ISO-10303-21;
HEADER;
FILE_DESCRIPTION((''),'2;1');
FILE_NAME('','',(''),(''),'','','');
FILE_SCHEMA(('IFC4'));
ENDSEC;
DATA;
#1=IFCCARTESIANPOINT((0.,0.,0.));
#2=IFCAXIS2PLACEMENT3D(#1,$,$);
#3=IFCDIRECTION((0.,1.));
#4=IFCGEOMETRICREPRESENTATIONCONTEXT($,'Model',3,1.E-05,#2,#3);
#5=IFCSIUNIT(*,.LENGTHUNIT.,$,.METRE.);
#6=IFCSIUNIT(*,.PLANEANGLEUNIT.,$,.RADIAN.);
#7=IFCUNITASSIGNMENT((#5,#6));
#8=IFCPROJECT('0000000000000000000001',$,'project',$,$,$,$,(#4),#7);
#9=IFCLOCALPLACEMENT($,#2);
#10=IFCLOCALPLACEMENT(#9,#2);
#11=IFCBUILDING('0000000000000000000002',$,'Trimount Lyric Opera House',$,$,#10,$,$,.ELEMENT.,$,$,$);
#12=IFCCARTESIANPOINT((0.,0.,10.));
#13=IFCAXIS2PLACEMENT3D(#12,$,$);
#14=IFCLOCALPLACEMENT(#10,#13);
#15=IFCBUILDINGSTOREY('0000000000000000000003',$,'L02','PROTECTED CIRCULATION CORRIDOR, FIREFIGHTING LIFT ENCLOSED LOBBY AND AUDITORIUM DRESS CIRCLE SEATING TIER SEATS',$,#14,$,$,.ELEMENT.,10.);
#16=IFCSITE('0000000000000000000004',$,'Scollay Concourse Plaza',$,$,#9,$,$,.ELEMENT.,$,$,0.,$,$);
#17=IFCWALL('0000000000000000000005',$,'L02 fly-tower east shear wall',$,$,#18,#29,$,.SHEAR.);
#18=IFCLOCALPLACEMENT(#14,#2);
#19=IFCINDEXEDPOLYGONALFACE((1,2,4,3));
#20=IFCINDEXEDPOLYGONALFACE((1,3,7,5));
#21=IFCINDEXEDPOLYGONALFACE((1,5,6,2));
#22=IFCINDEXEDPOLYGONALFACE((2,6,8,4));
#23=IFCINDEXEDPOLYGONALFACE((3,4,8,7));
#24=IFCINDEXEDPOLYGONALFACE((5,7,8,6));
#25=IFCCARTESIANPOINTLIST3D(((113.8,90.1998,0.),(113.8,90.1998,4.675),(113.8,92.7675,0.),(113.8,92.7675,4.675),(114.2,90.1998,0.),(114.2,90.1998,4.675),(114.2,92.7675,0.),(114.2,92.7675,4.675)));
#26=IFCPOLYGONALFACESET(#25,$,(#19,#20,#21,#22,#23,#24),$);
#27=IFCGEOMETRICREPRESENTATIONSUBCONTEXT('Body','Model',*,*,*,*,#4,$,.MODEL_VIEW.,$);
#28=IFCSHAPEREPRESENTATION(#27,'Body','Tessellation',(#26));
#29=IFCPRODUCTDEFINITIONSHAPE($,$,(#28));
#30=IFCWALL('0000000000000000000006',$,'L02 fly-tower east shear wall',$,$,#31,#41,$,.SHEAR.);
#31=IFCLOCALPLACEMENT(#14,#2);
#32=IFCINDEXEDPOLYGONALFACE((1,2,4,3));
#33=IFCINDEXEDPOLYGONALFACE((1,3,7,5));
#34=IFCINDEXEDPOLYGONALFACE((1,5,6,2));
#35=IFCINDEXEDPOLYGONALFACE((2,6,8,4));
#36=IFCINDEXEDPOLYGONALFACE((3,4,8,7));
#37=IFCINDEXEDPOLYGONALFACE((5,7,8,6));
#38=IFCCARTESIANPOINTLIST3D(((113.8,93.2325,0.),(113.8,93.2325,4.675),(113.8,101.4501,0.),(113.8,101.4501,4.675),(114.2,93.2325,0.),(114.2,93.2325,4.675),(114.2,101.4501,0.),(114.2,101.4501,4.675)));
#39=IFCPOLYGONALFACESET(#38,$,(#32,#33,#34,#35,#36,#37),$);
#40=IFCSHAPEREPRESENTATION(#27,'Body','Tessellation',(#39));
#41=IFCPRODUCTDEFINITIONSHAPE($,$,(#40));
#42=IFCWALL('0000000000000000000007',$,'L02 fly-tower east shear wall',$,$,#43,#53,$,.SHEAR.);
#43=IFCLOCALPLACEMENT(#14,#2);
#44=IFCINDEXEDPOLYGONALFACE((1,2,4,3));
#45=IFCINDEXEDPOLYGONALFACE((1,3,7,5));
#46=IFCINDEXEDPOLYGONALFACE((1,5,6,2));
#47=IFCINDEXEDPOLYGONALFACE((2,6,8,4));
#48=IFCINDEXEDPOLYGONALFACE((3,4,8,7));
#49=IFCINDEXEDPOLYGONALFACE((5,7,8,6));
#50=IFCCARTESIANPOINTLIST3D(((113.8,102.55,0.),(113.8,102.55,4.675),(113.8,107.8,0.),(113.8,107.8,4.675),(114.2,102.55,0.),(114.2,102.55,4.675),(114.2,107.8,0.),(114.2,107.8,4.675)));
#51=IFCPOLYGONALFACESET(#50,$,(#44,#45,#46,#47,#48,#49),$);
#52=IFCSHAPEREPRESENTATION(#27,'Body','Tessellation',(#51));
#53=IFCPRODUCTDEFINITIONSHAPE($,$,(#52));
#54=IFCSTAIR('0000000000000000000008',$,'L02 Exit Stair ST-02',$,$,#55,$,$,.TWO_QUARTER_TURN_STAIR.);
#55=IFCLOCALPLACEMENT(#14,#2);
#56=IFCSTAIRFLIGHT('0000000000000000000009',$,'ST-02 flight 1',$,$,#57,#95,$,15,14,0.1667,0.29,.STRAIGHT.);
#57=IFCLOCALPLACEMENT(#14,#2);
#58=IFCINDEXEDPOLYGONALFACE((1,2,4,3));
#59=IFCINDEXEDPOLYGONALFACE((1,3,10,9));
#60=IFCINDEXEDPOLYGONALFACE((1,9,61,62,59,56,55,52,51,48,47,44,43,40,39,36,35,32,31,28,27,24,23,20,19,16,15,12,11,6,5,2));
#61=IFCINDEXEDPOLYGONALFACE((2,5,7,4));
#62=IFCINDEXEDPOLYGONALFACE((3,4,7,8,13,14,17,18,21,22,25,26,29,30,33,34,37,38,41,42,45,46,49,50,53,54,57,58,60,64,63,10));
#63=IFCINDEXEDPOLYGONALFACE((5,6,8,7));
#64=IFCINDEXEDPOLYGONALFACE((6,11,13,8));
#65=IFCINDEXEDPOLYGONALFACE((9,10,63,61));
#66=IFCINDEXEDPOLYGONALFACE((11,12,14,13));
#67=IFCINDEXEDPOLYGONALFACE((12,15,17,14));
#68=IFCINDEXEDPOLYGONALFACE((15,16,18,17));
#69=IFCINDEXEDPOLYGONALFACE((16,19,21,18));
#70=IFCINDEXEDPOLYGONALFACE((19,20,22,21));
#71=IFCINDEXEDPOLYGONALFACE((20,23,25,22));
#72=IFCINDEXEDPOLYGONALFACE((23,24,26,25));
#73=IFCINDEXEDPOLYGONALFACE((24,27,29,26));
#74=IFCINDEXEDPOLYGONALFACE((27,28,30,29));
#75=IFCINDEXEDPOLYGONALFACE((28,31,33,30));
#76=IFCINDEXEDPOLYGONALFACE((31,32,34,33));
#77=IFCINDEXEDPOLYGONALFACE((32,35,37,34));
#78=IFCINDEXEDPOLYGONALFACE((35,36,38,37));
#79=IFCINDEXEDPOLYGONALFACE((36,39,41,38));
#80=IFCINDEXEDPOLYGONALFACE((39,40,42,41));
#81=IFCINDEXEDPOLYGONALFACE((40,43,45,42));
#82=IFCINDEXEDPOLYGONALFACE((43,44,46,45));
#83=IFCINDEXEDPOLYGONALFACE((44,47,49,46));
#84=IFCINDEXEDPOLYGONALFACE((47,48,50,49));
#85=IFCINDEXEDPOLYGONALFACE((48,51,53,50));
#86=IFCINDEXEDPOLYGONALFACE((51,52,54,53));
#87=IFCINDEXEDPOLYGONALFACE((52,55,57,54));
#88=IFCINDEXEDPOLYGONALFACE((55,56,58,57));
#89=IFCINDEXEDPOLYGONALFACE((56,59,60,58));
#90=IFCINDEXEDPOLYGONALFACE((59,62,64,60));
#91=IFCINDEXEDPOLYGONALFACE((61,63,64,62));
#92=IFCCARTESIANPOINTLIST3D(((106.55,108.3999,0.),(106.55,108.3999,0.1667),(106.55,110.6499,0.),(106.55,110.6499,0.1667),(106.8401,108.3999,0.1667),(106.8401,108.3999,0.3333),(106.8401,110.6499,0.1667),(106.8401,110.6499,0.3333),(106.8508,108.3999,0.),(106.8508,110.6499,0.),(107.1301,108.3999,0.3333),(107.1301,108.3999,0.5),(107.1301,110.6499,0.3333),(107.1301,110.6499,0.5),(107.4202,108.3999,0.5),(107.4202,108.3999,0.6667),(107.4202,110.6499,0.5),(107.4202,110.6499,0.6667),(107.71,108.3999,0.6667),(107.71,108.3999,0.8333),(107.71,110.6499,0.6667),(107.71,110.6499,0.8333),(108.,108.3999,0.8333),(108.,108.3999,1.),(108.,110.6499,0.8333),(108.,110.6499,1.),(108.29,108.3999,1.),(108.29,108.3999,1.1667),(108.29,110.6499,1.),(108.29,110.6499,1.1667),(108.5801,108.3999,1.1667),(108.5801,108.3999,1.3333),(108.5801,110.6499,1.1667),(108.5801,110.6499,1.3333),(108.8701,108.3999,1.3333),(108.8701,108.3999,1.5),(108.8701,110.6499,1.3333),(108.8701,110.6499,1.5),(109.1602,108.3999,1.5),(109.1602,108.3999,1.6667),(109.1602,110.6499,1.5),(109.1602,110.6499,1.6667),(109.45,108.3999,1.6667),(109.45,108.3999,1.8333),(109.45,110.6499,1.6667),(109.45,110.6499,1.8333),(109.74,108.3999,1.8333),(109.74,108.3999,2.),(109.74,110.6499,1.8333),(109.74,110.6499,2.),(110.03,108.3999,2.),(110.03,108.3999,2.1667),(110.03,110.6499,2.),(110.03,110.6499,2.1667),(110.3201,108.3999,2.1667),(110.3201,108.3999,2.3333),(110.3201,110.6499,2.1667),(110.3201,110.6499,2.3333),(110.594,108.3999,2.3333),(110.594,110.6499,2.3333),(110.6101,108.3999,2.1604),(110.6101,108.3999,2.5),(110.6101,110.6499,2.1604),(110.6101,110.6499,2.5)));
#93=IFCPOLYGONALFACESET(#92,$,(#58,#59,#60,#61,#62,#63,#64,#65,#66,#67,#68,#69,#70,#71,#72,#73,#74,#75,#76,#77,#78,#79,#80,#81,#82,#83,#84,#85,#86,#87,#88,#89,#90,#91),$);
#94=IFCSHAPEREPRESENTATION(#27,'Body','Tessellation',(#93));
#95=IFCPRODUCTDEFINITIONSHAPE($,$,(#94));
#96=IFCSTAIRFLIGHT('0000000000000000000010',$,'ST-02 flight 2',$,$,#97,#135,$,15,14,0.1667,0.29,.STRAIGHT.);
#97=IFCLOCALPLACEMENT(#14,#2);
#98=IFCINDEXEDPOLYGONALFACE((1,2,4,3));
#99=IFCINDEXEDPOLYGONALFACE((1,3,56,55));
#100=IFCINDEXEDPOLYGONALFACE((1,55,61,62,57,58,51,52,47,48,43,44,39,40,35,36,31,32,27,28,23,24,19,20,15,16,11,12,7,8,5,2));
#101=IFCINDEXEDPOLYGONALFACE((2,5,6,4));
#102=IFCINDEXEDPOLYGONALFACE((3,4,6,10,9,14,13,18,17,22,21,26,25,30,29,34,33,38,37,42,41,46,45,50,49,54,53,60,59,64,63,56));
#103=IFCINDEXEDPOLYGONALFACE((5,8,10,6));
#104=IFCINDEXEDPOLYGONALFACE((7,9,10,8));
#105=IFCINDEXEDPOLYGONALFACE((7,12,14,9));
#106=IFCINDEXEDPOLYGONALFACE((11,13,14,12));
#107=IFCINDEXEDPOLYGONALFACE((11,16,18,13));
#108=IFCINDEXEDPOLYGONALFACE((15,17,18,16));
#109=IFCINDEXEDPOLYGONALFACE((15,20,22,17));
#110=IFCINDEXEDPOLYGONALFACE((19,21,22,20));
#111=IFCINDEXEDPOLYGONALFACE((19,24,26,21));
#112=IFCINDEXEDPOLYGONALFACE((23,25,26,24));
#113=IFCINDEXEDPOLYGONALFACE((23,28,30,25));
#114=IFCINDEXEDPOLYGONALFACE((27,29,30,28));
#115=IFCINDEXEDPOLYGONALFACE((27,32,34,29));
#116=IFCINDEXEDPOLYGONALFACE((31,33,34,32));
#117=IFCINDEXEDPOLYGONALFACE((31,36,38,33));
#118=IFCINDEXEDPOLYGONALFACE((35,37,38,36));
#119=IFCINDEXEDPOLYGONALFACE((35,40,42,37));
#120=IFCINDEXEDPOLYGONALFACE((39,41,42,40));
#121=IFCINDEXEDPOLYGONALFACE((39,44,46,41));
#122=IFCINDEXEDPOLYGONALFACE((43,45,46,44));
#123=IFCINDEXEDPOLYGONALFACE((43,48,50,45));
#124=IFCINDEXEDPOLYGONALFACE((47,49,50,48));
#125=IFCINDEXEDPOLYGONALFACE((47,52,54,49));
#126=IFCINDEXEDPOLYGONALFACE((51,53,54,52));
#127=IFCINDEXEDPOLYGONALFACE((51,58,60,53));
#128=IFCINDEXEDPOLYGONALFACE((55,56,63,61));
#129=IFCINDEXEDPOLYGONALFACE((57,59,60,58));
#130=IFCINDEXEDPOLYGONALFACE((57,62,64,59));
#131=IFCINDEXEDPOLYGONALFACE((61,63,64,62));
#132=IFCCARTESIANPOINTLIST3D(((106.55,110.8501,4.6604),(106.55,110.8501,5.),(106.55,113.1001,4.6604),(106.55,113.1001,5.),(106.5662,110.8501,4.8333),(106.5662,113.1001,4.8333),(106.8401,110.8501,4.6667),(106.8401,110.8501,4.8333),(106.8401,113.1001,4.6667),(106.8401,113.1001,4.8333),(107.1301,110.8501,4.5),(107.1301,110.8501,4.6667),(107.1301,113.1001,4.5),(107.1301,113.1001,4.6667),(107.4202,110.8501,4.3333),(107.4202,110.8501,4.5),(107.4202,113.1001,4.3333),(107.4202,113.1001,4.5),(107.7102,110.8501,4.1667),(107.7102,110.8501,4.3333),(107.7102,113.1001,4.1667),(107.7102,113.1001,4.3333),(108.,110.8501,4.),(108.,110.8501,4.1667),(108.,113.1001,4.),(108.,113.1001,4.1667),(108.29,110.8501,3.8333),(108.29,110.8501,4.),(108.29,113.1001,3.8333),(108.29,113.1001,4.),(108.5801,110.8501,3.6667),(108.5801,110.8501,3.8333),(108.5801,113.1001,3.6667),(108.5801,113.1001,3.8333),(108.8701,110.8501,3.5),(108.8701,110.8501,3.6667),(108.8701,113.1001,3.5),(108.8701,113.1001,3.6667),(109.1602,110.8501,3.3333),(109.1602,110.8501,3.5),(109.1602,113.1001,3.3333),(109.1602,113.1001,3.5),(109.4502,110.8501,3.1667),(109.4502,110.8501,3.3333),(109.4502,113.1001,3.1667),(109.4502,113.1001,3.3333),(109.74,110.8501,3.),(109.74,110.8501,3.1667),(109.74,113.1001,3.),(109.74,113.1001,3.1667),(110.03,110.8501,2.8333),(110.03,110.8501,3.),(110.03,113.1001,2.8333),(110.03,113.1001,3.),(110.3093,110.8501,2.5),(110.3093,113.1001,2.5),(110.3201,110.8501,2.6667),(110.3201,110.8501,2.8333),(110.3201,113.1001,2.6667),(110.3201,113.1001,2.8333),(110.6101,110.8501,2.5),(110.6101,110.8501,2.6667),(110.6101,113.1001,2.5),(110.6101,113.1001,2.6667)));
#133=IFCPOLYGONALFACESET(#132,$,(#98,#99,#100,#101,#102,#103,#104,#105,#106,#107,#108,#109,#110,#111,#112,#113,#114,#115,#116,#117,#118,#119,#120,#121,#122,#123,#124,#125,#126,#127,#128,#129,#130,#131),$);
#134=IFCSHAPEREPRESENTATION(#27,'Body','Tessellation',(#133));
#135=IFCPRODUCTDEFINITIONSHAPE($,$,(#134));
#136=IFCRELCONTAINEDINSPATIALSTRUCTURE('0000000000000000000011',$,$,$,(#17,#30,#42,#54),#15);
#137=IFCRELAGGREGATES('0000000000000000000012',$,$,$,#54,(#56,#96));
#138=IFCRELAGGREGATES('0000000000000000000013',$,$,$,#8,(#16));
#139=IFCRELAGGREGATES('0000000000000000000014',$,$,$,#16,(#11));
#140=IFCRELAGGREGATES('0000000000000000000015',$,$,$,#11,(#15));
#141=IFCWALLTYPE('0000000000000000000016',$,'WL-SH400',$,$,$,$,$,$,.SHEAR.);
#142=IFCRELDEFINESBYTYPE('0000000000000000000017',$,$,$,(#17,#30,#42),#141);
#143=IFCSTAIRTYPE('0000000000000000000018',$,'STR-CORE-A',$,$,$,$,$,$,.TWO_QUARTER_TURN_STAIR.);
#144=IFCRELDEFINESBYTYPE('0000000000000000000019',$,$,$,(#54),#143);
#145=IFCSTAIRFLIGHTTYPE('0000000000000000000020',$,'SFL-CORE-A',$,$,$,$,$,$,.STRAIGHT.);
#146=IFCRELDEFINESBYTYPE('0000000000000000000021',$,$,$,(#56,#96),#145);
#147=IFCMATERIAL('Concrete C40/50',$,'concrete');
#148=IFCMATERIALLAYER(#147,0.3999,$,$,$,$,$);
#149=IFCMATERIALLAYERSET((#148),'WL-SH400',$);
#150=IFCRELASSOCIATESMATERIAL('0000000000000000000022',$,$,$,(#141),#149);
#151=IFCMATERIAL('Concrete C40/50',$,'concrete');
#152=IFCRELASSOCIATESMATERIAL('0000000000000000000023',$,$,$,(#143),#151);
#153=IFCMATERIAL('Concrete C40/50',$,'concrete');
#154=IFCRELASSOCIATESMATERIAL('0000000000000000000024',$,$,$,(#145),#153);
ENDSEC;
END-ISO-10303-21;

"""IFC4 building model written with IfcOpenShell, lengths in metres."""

from ifc_helpers import new_model, si_unit, direction, frame, frame_2d, origin, place, context, subcontext, project, spatial, polyline, rectangle, outline, extrude, material, layer, layer_set, type_object, element, aggregate, save


model = new_model("IFC4")

# Units and contexts
model_context = context("Model", 3, precision=1e-05, world=origin(), true_north=direction((0.0, 1.0)))
body_context = subcontext(model_context, "Body", "Model", "MODEL_VIEW")
ifc_project = project(units=[si_unit("LENGTHUNIT", "METRE"), si_unit("PLANEANGLEUNIT", "RADIAN")], contexts=[model_context])

# Site, building, storey
site_placement = place(None, origin())
site = spatial("IfcSite", under=ifc_project, at=site_placement, Name="Scollay Concourse Plaza", CompositionType="ELEMENT", RefElevation=0.0)
building_placement = place(site_placement, origin())
building = spatial("IfcBuilding", under=site, at=building_placement, Name="Trimount Lyric Opera House", CompositionType="ELEMENT")
storey_placement = place(building_placement, frame((0.0, 0.0, 10.0)))
storey = spatial("IfcBuildingStorey", under=building, at=storey_placement, Name="L02", Description="PROTECTED CIRCULATION CORRIDOR, FIREFIGHTING LIFT ENCLOSED LOBBY AND AUDITORIUM DRESS CIRCLE SEATING TIER SEATS", CompositionType="ELEMENT", Elevation=10.0)

# Walls
ifc_material_1 = material(Name="Concrete C40/50", Category="concrete")
ifc_layer_1 = layer(ifc_material_1, 0.3999)
ifc_layer_set_1 = layer_set([ifc_layer_1], Name="WL-SH400")
wall_type_1 = type_object("IfcWallType", Name="WL-SH400", PredefinedType="SHEAR", material=ifc_layer_set_1)
wall_1_placement = place(storey_placement, frame((114.0, 90.2, 0.0), z_axis=(0.0, 0.0, 1.0), x_axis=(0.0, 1.0, 0.0)))
element("IfcWall", 1, at=wall_1_placement, inside=storey, type_object=wall_type_1, Name="L02 fly-tower east shear wall", PredefinedType="SHEAR", context=body_context, shape_type="SweptSolid", body=[
    extrude(rectangle(XDim=2.5676, YDim=0.3999, at=frame_2d((1.2837, 0.0))), origin(), (0.0, 0.0, 1.0), 4.675),
])
wall_2_placement = place(storey_placement, frame((114.0, 93.2324, 0.0), z_axis=(0.0, 0.0, 1.0), x_axis=(0.0, 1.0, 0.0)))
element("IfcWall", 2, at=wall_2_placement, inside=storey, type_object=wall_type_1, Name="L02 fly-tower east shear wall", PredefinedType="SHEAR", context=body_context, shape_type="SweptSolid", body=[
    extrude(rectangle(XDim=8.2175, YDim=0.3999, at=frame_2d((4.1089, 0.0))), origin(), (0.0, 0.0, 1.0), 4.675),
])
wall_3_placement = place(storey_placement, frame((114.0, 102.55, 0.0), z_axis=(0.0, 0.0, 1.0), x_axis=(0.0, 1.0, 0.0)))
element("IfcWall", 3, at=wall_3_placement, inside=storey, type_object=wall_type_1, Name="L02 fly-tower east shear wall", PredefinedType="SHEAR", context=body_context, shape_type="SweptSolid", body=[
    extrude(rectangle(XDim=5.25, YDim=0.3999, at=frame_2d((2.625, 0.0))), origin(), (0.0, 0.0, 1.0), 4.675),
])

# Stair, stair flights
ifc_material_2 = material(Name="Concrete C40/50", Category="concrete")
stair_type = type_object("IfcStairType", Name="STR-CORE-A", PredefinedType="TWO_QUARTER_TURN_STAIR", material=ifc_material_2)
stair_placement = place(storey_placement, origin())
stair = element("IfcStair", 4, at=stair_placement, inside=storey, type_object=stair_type, Name="L02 Exit Stair ST-02", PredefinedType="TWO_QUARTER_TURN_STAIR")
ifc_material_3 = material(Name="Concrete C40/50", Category="concrete")
stair_flight_type = type_object("IfcStairFlightType", Name="SFL-CORE-A", PredefinedType="STRAIGHT", material=ifc_material_3)
stair_flight_1_placement = place(storey_placement, frame((106.55, 109.5249, 0.0), z_axis=(0.0, 0.0, 1.0), x_axis=(1.0, 0.0, 0.0)))
stair_flight_1 = element("IfcStairFlight", 5, at=stair_flight_1_placement, type_object=stair_flight_type, Name="ST-02 flight 1", NumberOfRisers=15, NumberOfTreads=14, PredefinedType="STRAIGHT", RiserHeight=0.1667, TreadLength=0.29, context=body_context, shape_type="SweptSolid", body=[
    extrude(outline(polyline([(0.0, 0.0), (0.0, 0.1667), (0.29, 0.1667), (0.29, 0.3333), (0.5801, 0.3333), (0.5801, 0.5), (0.8701, 0.5), (0.8701, 0.6667), (1.1599, 0.6667), (1.1599, 0.8333), (1.45, 0.8333), (1.45, 1.0), (1.74, 1.0), (1.74, 1.1667), (2.03, 1.1667), (2.03, 1.3333), (2.3201, 1.3333), (2.3201, 1.5), (2.6101, 1.5), (2.6101, 1.6667), (2.8999, 1.6667), (2.8999, 1.8333), (3.1899, 1.8333), (3.1899, 2.0), (3.48, 2.0), (3.48, 2.1667), (3.77, 2.1667), (3.77, 2.3333), (4.0439, 2.3333), (4.0601, 2.5), (4.0601, 2.1604), (0.3008, 0.0), (0.0, 0.0)])), frame((0.0, 1.125, 0.0), z_axis=(0.0, -1.0, 0.0), x_axis=(1.0, 0.0, 0.0)), (0.0, 0.0, 1.0), 2.25),
])
stair_flight_2_placement = place(storey_placement, frame((110.6101, 111.9751, 2.5), z_axis=(0.0, 0.0, 1.0), x_axis=(-1.0, 0.0, 0.0)))
stair_flight_2 = element("IfcStairFlight", 6, at=stair_flight_2_placement, type_object=stair_flight_type, Name="ST-02 flight 2", NumberOfRisers=15, NumberOfTreads=14, PredefinedType="STRAIGHT", RiserHeight=0.1667, TreadLength=0.29, context=body_context, shape_type="SweptSolid", body=[
    extrude(outline(polyline([(0.0, 0.0), (0.0, 0.1667), (0.29, 0.1667), (0.29, 0.3333), (0.5801, 0.3333), (0.5801, 0.5), (0.8701, 0.5), (0.8701, 0.6667), (1.1599, 0.6667), (1.1599, 0.8333), (1.45, 0.8333), (1.45, 1.0), (1.74, 1.0), (1.74, 1.1667), (2.03, 1.1667), (2.03, 1.3333), (2.3201, 1.3333), (2.3201, 1.5), (2.6101, 1.5), (2.6101, 1.6667), (2.8999, 1.6667), (2.8999, 1.8333), (3.1899, 1.8333), (3.1899, 2.0), (3.48, 2.0), (3.48, 2.1667), (3.77, 2.1667), (3.77, 2.3333), (4.0439, 2.3333), (4.0601, 2.5), (4.0601, 2.1604), (0.3008, 0.0), (0.0, 0.0)])), frame((0.0, 1.125, 0.0), z_axis=(0.0, -1.0, 0.0), x_axis=(1.0, 0.0, 0.0)), (0.0, 0.0, 1.0), 2.25),
])
aggregate(stair, [stair_flight_1, stair_flight_2])

save(model, "model.ifc")
